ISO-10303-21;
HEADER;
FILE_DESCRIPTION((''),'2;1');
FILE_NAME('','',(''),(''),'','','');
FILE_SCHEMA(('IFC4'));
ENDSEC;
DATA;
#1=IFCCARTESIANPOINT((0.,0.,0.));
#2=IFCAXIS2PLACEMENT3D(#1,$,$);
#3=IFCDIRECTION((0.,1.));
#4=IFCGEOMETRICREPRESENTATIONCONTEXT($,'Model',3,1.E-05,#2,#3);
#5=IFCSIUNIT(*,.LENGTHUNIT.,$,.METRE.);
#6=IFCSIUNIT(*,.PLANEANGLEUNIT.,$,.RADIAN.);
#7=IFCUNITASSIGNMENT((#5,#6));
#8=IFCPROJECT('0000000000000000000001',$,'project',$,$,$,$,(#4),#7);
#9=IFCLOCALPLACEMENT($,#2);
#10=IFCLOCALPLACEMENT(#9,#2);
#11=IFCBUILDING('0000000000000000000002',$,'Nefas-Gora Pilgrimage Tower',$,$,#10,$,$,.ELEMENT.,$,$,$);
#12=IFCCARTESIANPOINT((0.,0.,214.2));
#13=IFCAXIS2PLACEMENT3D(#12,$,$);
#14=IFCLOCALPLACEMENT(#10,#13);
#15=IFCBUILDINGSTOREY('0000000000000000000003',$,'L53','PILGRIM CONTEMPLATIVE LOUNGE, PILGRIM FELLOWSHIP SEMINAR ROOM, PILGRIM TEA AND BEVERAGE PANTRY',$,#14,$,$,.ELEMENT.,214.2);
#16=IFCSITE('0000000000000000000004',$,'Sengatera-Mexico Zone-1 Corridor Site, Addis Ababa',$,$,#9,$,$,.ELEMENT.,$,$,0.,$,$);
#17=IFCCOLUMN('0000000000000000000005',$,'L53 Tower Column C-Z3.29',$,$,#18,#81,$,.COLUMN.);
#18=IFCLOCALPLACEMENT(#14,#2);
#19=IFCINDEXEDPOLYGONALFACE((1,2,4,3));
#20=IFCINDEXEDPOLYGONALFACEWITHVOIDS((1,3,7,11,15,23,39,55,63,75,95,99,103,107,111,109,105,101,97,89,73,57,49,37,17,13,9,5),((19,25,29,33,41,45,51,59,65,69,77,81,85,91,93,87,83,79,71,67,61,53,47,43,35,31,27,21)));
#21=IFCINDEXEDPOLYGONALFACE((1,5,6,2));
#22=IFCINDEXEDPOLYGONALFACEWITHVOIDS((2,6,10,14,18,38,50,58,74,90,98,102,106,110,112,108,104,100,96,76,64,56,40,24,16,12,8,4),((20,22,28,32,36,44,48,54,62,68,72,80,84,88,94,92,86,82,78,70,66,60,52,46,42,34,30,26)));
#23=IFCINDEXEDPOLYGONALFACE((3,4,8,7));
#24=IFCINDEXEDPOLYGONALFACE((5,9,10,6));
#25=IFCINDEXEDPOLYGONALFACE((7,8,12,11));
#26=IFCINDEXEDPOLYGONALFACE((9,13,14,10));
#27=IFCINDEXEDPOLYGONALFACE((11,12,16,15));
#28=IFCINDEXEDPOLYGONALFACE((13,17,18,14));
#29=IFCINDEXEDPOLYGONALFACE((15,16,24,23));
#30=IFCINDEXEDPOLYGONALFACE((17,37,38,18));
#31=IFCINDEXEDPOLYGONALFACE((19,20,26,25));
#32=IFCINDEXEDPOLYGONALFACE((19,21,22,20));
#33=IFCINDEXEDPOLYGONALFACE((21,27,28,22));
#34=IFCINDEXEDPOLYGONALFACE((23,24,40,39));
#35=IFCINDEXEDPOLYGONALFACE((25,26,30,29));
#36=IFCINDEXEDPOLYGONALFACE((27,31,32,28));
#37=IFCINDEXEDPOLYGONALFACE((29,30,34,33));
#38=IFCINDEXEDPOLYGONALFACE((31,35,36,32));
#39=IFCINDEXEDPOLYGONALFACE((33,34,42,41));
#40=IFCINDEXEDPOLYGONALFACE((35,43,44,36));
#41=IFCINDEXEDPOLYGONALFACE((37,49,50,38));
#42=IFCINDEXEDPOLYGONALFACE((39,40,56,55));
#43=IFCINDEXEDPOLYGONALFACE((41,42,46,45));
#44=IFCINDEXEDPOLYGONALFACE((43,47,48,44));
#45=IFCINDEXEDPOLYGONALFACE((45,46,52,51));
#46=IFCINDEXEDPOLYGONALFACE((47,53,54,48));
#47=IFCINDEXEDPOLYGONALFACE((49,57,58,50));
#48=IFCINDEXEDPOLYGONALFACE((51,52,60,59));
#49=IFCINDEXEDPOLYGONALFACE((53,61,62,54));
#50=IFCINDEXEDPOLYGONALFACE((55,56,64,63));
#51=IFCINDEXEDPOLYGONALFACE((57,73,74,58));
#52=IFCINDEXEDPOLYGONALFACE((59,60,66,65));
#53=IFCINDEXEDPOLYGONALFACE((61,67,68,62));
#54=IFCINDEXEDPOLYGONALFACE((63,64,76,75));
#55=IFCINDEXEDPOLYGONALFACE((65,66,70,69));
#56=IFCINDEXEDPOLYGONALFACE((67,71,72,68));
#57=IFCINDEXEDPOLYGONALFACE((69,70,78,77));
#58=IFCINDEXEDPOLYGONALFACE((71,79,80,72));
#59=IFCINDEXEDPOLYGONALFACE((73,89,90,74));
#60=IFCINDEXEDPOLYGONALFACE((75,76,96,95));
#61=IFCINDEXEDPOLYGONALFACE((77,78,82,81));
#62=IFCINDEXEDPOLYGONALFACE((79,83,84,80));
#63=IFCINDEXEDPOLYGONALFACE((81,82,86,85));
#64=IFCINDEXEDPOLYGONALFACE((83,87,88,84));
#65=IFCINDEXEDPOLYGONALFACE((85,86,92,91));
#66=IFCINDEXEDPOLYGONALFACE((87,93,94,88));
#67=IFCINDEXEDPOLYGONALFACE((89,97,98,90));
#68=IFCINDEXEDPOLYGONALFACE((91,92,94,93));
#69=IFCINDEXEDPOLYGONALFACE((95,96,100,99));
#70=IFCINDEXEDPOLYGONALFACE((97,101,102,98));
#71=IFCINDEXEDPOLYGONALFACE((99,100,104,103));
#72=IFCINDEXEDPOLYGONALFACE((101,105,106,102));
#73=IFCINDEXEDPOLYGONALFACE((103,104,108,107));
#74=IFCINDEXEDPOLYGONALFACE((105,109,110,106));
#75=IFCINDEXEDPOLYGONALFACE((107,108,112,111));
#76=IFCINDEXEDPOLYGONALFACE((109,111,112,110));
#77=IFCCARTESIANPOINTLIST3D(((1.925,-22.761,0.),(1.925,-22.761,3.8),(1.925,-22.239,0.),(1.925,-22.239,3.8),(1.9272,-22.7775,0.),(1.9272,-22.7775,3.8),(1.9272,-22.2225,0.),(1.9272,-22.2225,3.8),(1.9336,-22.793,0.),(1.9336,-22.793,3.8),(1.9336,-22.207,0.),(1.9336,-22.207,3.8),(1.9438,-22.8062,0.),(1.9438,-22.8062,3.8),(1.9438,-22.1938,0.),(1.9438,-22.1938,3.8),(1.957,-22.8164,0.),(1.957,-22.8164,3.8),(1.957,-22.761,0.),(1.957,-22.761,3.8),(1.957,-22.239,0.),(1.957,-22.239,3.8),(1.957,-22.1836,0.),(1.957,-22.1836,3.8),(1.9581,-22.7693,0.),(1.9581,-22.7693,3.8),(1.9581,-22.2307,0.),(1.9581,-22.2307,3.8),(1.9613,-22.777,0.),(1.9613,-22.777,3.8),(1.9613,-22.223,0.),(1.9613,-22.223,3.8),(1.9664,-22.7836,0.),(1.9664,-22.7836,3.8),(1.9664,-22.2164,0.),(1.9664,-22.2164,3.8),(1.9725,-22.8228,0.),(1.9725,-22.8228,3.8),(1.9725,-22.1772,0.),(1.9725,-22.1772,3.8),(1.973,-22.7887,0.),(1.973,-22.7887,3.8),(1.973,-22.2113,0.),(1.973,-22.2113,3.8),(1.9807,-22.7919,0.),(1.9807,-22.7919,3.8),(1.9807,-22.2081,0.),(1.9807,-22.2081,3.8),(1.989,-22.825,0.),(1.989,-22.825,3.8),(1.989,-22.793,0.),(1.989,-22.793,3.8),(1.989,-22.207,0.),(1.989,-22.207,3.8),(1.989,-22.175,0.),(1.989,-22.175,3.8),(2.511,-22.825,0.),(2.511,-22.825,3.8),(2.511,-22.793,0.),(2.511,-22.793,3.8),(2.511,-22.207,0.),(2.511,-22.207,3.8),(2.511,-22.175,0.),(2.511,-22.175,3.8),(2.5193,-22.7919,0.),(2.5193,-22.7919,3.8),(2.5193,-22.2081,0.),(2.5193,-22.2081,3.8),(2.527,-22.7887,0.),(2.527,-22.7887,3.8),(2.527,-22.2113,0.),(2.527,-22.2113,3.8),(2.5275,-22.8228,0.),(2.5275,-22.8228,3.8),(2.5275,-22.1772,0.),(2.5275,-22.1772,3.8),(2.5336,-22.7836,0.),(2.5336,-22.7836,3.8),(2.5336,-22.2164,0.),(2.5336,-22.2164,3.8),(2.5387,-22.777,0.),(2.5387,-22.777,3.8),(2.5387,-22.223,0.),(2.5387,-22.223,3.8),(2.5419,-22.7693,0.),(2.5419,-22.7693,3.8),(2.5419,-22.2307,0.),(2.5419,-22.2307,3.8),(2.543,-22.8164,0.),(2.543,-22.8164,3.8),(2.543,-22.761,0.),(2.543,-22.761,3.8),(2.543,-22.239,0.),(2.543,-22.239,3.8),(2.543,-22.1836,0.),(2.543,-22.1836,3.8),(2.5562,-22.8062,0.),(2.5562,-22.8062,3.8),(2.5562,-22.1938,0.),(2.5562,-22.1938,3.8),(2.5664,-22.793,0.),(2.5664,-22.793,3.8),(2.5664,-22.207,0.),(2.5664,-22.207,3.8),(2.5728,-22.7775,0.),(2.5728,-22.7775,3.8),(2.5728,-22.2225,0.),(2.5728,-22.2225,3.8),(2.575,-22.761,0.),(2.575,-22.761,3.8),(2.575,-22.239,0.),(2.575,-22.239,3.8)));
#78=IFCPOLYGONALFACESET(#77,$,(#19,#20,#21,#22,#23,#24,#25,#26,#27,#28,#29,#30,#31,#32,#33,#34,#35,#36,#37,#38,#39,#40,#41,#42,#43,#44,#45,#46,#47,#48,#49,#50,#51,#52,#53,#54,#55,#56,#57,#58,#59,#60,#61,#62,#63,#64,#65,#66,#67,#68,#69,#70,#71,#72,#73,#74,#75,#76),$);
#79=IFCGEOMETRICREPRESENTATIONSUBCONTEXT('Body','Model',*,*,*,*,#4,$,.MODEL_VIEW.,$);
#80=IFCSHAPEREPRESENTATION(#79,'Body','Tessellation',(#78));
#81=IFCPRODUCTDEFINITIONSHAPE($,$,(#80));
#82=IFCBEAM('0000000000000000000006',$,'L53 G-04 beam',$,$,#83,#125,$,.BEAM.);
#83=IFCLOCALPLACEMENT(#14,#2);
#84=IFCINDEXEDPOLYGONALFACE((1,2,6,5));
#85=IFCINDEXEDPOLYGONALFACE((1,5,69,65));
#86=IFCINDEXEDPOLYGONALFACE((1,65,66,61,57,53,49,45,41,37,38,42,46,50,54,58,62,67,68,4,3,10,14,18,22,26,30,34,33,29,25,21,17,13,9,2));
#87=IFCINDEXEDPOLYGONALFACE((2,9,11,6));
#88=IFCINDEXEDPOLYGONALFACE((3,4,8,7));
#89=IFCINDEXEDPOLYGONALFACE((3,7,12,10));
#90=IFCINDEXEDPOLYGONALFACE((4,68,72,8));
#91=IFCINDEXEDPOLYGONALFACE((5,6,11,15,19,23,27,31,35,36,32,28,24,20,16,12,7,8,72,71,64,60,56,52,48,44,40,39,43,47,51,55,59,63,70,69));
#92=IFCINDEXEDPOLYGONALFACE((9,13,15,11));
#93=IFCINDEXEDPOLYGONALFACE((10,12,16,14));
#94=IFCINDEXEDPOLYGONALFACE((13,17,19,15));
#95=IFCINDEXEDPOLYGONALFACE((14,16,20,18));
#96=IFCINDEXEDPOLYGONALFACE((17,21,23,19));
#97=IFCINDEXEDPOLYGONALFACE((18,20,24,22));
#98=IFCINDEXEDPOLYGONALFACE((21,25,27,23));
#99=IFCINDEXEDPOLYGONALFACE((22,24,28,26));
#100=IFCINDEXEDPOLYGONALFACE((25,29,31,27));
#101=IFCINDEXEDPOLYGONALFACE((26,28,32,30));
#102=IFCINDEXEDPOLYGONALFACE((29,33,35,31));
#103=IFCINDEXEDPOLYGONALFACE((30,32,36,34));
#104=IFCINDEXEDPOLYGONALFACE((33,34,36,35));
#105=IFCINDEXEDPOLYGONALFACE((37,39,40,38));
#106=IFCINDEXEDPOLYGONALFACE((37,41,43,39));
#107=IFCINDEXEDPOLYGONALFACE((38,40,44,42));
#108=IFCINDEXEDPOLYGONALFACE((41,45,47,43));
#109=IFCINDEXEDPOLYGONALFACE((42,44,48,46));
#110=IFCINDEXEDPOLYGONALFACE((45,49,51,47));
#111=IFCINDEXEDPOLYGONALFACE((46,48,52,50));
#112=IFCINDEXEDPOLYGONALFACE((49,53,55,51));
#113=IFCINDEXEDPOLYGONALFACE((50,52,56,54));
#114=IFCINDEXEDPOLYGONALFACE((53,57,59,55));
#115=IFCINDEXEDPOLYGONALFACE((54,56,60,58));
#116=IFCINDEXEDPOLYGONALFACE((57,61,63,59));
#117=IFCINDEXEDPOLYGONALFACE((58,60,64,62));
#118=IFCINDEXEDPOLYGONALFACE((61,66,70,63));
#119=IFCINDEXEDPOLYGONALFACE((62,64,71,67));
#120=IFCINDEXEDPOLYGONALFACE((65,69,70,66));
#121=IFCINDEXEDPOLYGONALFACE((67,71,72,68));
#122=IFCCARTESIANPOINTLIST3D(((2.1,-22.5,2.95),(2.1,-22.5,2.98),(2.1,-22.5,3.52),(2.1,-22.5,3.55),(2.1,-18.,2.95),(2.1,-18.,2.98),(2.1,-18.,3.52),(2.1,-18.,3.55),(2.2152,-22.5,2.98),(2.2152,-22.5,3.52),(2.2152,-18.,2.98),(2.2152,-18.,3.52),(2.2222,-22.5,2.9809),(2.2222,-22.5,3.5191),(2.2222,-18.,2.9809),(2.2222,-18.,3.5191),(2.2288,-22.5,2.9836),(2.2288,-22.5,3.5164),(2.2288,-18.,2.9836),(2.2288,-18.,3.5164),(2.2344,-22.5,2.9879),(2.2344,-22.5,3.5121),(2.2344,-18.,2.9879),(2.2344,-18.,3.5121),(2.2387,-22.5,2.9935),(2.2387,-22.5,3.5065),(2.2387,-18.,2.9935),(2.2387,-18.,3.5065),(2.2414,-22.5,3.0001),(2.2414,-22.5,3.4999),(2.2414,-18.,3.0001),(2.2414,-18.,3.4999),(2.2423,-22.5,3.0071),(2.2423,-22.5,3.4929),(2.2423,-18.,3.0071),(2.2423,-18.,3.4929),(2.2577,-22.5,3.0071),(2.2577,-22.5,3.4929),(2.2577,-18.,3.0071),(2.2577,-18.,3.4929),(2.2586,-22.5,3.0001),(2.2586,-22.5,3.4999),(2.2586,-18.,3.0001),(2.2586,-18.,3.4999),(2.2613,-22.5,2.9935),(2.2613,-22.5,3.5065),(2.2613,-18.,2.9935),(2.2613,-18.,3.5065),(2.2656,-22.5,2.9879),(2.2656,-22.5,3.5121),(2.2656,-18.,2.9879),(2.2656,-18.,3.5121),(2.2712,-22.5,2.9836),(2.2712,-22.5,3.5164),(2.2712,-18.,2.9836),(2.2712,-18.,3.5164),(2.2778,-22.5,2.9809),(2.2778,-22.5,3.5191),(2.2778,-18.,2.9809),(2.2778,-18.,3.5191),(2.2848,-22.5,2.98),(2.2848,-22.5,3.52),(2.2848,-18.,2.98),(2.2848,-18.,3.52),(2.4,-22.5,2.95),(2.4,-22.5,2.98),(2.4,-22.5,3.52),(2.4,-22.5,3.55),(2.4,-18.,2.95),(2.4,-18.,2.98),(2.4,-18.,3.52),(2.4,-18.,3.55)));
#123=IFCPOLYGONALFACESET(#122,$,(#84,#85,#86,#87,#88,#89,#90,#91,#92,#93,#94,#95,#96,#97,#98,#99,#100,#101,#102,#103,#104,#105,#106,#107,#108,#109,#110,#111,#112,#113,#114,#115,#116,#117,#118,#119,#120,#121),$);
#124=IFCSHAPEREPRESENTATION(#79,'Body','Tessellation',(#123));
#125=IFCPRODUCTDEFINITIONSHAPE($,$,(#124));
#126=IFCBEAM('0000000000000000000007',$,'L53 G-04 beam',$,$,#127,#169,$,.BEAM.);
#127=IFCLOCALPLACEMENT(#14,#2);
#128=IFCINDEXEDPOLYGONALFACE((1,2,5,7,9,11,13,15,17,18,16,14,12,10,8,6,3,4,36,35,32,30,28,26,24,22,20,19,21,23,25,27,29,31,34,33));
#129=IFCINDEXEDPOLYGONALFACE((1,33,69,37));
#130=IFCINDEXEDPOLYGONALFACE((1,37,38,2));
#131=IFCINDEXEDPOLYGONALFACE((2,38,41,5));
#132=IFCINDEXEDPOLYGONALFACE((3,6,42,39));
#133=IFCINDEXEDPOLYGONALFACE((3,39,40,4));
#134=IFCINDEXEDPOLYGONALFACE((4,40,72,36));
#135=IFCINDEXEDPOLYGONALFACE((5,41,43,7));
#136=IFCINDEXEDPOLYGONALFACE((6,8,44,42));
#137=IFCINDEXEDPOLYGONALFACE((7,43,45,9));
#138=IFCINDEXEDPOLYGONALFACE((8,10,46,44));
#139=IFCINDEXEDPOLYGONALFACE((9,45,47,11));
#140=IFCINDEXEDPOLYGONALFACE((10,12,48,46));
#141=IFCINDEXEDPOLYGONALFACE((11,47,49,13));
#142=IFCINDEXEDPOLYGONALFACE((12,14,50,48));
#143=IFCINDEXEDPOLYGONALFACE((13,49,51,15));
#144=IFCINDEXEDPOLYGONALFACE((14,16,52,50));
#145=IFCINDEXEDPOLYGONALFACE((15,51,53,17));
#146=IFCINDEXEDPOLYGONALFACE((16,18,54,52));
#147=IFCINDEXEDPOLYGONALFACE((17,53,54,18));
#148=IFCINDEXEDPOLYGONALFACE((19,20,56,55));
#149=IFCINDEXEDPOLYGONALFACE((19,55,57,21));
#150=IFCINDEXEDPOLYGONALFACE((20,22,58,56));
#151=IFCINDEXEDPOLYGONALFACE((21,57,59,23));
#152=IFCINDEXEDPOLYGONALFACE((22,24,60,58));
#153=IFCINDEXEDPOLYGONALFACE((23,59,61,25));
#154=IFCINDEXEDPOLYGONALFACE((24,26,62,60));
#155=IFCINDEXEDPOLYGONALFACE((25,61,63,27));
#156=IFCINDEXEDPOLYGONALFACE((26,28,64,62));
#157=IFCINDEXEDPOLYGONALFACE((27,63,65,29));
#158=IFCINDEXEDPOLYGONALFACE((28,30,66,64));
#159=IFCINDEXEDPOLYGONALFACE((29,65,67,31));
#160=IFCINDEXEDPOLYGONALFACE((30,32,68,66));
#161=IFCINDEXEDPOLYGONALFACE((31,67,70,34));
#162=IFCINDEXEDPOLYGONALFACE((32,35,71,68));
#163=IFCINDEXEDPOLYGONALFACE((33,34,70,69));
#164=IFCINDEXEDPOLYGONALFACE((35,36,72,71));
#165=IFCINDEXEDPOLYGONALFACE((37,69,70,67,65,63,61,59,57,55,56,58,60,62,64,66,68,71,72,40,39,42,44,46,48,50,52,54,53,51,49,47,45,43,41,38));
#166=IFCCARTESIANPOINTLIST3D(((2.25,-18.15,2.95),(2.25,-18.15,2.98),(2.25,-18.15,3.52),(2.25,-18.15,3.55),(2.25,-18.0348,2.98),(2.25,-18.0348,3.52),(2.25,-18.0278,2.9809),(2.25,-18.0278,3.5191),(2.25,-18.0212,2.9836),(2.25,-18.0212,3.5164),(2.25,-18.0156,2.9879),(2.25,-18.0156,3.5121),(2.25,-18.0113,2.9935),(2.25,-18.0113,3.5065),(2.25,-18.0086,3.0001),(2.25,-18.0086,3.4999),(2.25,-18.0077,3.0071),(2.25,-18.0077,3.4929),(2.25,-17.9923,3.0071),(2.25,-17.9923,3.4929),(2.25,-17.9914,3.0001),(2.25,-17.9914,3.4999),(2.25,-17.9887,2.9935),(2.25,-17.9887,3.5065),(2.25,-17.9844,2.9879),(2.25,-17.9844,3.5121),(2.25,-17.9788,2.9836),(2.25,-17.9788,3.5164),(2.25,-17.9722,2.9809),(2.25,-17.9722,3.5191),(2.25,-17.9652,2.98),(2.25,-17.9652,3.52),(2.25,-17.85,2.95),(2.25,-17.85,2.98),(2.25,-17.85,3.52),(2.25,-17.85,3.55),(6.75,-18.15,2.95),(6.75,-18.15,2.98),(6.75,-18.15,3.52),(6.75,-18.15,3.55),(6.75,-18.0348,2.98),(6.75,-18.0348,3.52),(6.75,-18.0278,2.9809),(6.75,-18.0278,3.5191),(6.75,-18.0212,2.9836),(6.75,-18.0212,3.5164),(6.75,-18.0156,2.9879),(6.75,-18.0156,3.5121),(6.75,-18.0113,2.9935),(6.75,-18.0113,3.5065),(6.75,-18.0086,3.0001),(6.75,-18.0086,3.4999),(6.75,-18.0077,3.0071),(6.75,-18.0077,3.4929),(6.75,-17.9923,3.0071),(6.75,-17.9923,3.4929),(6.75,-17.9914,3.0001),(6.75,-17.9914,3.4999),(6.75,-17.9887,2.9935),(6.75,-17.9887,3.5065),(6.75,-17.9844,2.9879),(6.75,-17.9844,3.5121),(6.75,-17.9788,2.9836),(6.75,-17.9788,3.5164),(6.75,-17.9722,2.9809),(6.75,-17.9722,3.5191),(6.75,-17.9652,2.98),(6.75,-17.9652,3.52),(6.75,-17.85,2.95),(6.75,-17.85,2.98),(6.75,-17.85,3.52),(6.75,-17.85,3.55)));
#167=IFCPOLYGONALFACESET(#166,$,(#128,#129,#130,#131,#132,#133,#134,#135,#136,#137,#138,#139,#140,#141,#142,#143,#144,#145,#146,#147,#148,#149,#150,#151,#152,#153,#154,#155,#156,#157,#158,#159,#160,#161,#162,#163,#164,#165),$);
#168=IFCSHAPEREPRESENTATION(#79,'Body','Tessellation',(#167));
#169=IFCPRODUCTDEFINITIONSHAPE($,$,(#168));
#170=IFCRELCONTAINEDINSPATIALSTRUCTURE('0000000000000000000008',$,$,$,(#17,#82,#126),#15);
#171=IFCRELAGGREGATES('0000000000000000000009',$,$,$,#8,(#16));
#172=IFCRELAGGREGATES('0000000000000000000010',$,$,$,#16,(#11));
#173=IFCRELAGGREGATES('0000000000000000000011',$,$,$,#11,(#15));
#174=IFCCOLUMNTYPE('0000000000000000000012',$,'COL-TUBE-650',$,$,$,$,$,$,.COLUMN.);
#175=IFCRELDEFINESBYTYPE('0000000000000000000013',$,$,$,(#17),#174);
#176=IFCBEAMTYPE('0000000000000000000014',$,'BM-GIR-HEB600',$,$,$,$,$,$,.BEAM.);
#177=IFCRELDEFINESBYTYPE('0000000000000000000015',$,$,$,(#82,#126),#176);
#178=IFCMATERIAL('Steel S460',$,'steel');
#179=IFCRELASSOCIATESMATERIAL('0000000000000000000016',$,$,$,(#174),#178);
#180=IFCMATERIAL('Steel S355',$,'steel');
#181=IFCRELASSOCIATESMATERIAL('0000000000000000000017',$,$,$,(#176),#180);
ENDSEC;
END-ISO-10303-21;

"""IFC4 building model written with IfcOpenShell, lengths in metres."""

from ifc_helpers import new_model, si_unit, direction, frame, origin, origin_2d, place, context, subcontext, project, spatial, hollow_rectangle, i_section, extrude, source, transform, mapped, material, material_profile, profile_set, type_object, element, save


model = new_model("IFC4")

# Units and contexts
model_context = context("Model", 3, precision=1e-05, world=origin(), true_north=direction((0.0, 1.0)))
body_context = subcontext(model_context, "Body", "Model", "MODEL_VIEW")
ifc_project = project(units=[si_unit("LENGTHUNIT", "METRE"), si_unit("PLANEANGLEUNIT", "RADIAN")], contexts=[model_context])

# Site, building, storey
site_placement = place(None, origin())
site = spatial("IfcSite", under=ifc_project, at=site_placement, Name="Sengatera-Mexico Zone-1 Corridor Site, Addis Ababa", CompositionType="ELEMENT", RefElevation=0.0)
building_placement = place(site_placement, origin())
building = spatial("IfcBuilding", under=site, at=building_placement, Name="Nefas-Gora Pilgrimage Tower", CompositionType="ELEMENT")
storey_placement = place(building_placement, frame((0.0, 0.0, 214.2)))
storey = spatial("IfcBuildingStorey", under=building, at=storey_placement, Name="L53", Description="PILGRIM CONTEMPLATIVE LOUNGE, PILGRIM FELLOWSHIP SEMINAR ROOM, PILGRIM TEA AND BEVERAGE PANTRY", CompositionType="ELEMENT", Elevation=214.2)

# Column
ifc_material_1 = material(Name="Steel S460", Category="steel")
ifc_material_profile_1 = material_profile(ifc_material_1, hollow_rectangle(XDim=0.6499, YDim=0.6499, WallThickness=0.032, InnerFilletRadius=0.032, OuterFilletRadius=0.064, at=origin_2d()), Name="BOX 650x650x32")
ifc_profile_set_1 = profile_set([ifc_material_profile_1], Name="Steel S460")
column_type_1 = type_object("IfcColumnType", Name="COL-TUBE-650", PredefinedType="COLUMN", material=ifc_profile_set_1)
shared_shape_1 = source(origin(), body_context, "Body", "SweptSolid", [
    extrude(hollow_rectangle(XDim=0.6499, YDim=0.6499, WallThickness=0.032, InnerFilletRadius=0.032, OuterFilletRadius=0.064, at=origin_2d()), origin(), (0.0, 0.0, 1.0), 3.8),
])
column_placement = place(storey_placement, frame((2.25, -22.5, 0.0), z_axis=(0.0, 0.0, 1.0), x_axis=(1.0, 0.0, 0.0)))
element("IfcColumn", 1, at=column_placement, inside=storey, type_object=column_type_1, Name="L53 Tower Column C-Z3.29", PredefinedType="COLUMN", context=body_context, shape_type="MappedRepresentation", body=[
    mapped(shared_shape_1, transform((0.0, 0.0, 0.0), x_axis=(1.0, 0.0, 0.0), y_axis=(0.0, 1.0, 0.0), z_axis=(0.0, 0.0, 1.0), scale=1.0)),
])

# Beams
ifc_material_2 = material(Name="Steel S355", Category="steel")
ifc_material_profile_2 = material_profile(ifc_material_2, i_section(OverallWidth=0.3, OverallDepth=0.6001, WebThickness=0.0154, FlangeThickness=0.03, FilletRadius=0.0271, at=origin_2d()), Name="HEB 600")
ifc_profile_set_2 = profile_set([ifc_material_profile_2], Name="Steel S355")
beam_type = type_object("IfcBeamType", Name="BM-GIR-HEB600", PredefinedType="BEAM", material=ifc_profile_set_2)
shared_shape_2 = source(origin(), body_context, "Body", "SweptSolid", [
    extrude(i_section(OverallWidth=0.3, OverallDepth=0.6001, WebThickness=0.0154, FlangeThickness=0.03, FilletRadius=0.0271, at=origin_2d()), origin(), (0.0, 0.0, 1.0), 4.5),
])
for number, where, z_axis, x_axis, name in (
    (2, (2.25, -22.5, 3.25), (0.0, 1.0, 0.0), (-1.0, 0.0, 0.0), "L53 G-04 beam"),
    (3, (2.25, -18.0, 3.25), (1.0, 0.0, 0.0), (0.0, 1.0, 0.0), "L53 G-04 beam"),
):
    element("IfcBeam", number, at=place(storey_placement, frame(where, z_axis=z_axis, x_axis=x_axis)), inside=storey, type_object=beam_type, Name=name, PredefinedType="BEAM", context=body_context, shape_type="MappedRepresentation", body=[
        mapped(shared_shape_2, transform((0.0, 0.0, 0.0), x_axis=(1.0, 0.0, 0.0), y_axis=(0.0, 1.0, 0.0), z_axis=(0.0, 0.0, 1.0), scale=1.0)),
    ])

save(model, "model.ifc")
